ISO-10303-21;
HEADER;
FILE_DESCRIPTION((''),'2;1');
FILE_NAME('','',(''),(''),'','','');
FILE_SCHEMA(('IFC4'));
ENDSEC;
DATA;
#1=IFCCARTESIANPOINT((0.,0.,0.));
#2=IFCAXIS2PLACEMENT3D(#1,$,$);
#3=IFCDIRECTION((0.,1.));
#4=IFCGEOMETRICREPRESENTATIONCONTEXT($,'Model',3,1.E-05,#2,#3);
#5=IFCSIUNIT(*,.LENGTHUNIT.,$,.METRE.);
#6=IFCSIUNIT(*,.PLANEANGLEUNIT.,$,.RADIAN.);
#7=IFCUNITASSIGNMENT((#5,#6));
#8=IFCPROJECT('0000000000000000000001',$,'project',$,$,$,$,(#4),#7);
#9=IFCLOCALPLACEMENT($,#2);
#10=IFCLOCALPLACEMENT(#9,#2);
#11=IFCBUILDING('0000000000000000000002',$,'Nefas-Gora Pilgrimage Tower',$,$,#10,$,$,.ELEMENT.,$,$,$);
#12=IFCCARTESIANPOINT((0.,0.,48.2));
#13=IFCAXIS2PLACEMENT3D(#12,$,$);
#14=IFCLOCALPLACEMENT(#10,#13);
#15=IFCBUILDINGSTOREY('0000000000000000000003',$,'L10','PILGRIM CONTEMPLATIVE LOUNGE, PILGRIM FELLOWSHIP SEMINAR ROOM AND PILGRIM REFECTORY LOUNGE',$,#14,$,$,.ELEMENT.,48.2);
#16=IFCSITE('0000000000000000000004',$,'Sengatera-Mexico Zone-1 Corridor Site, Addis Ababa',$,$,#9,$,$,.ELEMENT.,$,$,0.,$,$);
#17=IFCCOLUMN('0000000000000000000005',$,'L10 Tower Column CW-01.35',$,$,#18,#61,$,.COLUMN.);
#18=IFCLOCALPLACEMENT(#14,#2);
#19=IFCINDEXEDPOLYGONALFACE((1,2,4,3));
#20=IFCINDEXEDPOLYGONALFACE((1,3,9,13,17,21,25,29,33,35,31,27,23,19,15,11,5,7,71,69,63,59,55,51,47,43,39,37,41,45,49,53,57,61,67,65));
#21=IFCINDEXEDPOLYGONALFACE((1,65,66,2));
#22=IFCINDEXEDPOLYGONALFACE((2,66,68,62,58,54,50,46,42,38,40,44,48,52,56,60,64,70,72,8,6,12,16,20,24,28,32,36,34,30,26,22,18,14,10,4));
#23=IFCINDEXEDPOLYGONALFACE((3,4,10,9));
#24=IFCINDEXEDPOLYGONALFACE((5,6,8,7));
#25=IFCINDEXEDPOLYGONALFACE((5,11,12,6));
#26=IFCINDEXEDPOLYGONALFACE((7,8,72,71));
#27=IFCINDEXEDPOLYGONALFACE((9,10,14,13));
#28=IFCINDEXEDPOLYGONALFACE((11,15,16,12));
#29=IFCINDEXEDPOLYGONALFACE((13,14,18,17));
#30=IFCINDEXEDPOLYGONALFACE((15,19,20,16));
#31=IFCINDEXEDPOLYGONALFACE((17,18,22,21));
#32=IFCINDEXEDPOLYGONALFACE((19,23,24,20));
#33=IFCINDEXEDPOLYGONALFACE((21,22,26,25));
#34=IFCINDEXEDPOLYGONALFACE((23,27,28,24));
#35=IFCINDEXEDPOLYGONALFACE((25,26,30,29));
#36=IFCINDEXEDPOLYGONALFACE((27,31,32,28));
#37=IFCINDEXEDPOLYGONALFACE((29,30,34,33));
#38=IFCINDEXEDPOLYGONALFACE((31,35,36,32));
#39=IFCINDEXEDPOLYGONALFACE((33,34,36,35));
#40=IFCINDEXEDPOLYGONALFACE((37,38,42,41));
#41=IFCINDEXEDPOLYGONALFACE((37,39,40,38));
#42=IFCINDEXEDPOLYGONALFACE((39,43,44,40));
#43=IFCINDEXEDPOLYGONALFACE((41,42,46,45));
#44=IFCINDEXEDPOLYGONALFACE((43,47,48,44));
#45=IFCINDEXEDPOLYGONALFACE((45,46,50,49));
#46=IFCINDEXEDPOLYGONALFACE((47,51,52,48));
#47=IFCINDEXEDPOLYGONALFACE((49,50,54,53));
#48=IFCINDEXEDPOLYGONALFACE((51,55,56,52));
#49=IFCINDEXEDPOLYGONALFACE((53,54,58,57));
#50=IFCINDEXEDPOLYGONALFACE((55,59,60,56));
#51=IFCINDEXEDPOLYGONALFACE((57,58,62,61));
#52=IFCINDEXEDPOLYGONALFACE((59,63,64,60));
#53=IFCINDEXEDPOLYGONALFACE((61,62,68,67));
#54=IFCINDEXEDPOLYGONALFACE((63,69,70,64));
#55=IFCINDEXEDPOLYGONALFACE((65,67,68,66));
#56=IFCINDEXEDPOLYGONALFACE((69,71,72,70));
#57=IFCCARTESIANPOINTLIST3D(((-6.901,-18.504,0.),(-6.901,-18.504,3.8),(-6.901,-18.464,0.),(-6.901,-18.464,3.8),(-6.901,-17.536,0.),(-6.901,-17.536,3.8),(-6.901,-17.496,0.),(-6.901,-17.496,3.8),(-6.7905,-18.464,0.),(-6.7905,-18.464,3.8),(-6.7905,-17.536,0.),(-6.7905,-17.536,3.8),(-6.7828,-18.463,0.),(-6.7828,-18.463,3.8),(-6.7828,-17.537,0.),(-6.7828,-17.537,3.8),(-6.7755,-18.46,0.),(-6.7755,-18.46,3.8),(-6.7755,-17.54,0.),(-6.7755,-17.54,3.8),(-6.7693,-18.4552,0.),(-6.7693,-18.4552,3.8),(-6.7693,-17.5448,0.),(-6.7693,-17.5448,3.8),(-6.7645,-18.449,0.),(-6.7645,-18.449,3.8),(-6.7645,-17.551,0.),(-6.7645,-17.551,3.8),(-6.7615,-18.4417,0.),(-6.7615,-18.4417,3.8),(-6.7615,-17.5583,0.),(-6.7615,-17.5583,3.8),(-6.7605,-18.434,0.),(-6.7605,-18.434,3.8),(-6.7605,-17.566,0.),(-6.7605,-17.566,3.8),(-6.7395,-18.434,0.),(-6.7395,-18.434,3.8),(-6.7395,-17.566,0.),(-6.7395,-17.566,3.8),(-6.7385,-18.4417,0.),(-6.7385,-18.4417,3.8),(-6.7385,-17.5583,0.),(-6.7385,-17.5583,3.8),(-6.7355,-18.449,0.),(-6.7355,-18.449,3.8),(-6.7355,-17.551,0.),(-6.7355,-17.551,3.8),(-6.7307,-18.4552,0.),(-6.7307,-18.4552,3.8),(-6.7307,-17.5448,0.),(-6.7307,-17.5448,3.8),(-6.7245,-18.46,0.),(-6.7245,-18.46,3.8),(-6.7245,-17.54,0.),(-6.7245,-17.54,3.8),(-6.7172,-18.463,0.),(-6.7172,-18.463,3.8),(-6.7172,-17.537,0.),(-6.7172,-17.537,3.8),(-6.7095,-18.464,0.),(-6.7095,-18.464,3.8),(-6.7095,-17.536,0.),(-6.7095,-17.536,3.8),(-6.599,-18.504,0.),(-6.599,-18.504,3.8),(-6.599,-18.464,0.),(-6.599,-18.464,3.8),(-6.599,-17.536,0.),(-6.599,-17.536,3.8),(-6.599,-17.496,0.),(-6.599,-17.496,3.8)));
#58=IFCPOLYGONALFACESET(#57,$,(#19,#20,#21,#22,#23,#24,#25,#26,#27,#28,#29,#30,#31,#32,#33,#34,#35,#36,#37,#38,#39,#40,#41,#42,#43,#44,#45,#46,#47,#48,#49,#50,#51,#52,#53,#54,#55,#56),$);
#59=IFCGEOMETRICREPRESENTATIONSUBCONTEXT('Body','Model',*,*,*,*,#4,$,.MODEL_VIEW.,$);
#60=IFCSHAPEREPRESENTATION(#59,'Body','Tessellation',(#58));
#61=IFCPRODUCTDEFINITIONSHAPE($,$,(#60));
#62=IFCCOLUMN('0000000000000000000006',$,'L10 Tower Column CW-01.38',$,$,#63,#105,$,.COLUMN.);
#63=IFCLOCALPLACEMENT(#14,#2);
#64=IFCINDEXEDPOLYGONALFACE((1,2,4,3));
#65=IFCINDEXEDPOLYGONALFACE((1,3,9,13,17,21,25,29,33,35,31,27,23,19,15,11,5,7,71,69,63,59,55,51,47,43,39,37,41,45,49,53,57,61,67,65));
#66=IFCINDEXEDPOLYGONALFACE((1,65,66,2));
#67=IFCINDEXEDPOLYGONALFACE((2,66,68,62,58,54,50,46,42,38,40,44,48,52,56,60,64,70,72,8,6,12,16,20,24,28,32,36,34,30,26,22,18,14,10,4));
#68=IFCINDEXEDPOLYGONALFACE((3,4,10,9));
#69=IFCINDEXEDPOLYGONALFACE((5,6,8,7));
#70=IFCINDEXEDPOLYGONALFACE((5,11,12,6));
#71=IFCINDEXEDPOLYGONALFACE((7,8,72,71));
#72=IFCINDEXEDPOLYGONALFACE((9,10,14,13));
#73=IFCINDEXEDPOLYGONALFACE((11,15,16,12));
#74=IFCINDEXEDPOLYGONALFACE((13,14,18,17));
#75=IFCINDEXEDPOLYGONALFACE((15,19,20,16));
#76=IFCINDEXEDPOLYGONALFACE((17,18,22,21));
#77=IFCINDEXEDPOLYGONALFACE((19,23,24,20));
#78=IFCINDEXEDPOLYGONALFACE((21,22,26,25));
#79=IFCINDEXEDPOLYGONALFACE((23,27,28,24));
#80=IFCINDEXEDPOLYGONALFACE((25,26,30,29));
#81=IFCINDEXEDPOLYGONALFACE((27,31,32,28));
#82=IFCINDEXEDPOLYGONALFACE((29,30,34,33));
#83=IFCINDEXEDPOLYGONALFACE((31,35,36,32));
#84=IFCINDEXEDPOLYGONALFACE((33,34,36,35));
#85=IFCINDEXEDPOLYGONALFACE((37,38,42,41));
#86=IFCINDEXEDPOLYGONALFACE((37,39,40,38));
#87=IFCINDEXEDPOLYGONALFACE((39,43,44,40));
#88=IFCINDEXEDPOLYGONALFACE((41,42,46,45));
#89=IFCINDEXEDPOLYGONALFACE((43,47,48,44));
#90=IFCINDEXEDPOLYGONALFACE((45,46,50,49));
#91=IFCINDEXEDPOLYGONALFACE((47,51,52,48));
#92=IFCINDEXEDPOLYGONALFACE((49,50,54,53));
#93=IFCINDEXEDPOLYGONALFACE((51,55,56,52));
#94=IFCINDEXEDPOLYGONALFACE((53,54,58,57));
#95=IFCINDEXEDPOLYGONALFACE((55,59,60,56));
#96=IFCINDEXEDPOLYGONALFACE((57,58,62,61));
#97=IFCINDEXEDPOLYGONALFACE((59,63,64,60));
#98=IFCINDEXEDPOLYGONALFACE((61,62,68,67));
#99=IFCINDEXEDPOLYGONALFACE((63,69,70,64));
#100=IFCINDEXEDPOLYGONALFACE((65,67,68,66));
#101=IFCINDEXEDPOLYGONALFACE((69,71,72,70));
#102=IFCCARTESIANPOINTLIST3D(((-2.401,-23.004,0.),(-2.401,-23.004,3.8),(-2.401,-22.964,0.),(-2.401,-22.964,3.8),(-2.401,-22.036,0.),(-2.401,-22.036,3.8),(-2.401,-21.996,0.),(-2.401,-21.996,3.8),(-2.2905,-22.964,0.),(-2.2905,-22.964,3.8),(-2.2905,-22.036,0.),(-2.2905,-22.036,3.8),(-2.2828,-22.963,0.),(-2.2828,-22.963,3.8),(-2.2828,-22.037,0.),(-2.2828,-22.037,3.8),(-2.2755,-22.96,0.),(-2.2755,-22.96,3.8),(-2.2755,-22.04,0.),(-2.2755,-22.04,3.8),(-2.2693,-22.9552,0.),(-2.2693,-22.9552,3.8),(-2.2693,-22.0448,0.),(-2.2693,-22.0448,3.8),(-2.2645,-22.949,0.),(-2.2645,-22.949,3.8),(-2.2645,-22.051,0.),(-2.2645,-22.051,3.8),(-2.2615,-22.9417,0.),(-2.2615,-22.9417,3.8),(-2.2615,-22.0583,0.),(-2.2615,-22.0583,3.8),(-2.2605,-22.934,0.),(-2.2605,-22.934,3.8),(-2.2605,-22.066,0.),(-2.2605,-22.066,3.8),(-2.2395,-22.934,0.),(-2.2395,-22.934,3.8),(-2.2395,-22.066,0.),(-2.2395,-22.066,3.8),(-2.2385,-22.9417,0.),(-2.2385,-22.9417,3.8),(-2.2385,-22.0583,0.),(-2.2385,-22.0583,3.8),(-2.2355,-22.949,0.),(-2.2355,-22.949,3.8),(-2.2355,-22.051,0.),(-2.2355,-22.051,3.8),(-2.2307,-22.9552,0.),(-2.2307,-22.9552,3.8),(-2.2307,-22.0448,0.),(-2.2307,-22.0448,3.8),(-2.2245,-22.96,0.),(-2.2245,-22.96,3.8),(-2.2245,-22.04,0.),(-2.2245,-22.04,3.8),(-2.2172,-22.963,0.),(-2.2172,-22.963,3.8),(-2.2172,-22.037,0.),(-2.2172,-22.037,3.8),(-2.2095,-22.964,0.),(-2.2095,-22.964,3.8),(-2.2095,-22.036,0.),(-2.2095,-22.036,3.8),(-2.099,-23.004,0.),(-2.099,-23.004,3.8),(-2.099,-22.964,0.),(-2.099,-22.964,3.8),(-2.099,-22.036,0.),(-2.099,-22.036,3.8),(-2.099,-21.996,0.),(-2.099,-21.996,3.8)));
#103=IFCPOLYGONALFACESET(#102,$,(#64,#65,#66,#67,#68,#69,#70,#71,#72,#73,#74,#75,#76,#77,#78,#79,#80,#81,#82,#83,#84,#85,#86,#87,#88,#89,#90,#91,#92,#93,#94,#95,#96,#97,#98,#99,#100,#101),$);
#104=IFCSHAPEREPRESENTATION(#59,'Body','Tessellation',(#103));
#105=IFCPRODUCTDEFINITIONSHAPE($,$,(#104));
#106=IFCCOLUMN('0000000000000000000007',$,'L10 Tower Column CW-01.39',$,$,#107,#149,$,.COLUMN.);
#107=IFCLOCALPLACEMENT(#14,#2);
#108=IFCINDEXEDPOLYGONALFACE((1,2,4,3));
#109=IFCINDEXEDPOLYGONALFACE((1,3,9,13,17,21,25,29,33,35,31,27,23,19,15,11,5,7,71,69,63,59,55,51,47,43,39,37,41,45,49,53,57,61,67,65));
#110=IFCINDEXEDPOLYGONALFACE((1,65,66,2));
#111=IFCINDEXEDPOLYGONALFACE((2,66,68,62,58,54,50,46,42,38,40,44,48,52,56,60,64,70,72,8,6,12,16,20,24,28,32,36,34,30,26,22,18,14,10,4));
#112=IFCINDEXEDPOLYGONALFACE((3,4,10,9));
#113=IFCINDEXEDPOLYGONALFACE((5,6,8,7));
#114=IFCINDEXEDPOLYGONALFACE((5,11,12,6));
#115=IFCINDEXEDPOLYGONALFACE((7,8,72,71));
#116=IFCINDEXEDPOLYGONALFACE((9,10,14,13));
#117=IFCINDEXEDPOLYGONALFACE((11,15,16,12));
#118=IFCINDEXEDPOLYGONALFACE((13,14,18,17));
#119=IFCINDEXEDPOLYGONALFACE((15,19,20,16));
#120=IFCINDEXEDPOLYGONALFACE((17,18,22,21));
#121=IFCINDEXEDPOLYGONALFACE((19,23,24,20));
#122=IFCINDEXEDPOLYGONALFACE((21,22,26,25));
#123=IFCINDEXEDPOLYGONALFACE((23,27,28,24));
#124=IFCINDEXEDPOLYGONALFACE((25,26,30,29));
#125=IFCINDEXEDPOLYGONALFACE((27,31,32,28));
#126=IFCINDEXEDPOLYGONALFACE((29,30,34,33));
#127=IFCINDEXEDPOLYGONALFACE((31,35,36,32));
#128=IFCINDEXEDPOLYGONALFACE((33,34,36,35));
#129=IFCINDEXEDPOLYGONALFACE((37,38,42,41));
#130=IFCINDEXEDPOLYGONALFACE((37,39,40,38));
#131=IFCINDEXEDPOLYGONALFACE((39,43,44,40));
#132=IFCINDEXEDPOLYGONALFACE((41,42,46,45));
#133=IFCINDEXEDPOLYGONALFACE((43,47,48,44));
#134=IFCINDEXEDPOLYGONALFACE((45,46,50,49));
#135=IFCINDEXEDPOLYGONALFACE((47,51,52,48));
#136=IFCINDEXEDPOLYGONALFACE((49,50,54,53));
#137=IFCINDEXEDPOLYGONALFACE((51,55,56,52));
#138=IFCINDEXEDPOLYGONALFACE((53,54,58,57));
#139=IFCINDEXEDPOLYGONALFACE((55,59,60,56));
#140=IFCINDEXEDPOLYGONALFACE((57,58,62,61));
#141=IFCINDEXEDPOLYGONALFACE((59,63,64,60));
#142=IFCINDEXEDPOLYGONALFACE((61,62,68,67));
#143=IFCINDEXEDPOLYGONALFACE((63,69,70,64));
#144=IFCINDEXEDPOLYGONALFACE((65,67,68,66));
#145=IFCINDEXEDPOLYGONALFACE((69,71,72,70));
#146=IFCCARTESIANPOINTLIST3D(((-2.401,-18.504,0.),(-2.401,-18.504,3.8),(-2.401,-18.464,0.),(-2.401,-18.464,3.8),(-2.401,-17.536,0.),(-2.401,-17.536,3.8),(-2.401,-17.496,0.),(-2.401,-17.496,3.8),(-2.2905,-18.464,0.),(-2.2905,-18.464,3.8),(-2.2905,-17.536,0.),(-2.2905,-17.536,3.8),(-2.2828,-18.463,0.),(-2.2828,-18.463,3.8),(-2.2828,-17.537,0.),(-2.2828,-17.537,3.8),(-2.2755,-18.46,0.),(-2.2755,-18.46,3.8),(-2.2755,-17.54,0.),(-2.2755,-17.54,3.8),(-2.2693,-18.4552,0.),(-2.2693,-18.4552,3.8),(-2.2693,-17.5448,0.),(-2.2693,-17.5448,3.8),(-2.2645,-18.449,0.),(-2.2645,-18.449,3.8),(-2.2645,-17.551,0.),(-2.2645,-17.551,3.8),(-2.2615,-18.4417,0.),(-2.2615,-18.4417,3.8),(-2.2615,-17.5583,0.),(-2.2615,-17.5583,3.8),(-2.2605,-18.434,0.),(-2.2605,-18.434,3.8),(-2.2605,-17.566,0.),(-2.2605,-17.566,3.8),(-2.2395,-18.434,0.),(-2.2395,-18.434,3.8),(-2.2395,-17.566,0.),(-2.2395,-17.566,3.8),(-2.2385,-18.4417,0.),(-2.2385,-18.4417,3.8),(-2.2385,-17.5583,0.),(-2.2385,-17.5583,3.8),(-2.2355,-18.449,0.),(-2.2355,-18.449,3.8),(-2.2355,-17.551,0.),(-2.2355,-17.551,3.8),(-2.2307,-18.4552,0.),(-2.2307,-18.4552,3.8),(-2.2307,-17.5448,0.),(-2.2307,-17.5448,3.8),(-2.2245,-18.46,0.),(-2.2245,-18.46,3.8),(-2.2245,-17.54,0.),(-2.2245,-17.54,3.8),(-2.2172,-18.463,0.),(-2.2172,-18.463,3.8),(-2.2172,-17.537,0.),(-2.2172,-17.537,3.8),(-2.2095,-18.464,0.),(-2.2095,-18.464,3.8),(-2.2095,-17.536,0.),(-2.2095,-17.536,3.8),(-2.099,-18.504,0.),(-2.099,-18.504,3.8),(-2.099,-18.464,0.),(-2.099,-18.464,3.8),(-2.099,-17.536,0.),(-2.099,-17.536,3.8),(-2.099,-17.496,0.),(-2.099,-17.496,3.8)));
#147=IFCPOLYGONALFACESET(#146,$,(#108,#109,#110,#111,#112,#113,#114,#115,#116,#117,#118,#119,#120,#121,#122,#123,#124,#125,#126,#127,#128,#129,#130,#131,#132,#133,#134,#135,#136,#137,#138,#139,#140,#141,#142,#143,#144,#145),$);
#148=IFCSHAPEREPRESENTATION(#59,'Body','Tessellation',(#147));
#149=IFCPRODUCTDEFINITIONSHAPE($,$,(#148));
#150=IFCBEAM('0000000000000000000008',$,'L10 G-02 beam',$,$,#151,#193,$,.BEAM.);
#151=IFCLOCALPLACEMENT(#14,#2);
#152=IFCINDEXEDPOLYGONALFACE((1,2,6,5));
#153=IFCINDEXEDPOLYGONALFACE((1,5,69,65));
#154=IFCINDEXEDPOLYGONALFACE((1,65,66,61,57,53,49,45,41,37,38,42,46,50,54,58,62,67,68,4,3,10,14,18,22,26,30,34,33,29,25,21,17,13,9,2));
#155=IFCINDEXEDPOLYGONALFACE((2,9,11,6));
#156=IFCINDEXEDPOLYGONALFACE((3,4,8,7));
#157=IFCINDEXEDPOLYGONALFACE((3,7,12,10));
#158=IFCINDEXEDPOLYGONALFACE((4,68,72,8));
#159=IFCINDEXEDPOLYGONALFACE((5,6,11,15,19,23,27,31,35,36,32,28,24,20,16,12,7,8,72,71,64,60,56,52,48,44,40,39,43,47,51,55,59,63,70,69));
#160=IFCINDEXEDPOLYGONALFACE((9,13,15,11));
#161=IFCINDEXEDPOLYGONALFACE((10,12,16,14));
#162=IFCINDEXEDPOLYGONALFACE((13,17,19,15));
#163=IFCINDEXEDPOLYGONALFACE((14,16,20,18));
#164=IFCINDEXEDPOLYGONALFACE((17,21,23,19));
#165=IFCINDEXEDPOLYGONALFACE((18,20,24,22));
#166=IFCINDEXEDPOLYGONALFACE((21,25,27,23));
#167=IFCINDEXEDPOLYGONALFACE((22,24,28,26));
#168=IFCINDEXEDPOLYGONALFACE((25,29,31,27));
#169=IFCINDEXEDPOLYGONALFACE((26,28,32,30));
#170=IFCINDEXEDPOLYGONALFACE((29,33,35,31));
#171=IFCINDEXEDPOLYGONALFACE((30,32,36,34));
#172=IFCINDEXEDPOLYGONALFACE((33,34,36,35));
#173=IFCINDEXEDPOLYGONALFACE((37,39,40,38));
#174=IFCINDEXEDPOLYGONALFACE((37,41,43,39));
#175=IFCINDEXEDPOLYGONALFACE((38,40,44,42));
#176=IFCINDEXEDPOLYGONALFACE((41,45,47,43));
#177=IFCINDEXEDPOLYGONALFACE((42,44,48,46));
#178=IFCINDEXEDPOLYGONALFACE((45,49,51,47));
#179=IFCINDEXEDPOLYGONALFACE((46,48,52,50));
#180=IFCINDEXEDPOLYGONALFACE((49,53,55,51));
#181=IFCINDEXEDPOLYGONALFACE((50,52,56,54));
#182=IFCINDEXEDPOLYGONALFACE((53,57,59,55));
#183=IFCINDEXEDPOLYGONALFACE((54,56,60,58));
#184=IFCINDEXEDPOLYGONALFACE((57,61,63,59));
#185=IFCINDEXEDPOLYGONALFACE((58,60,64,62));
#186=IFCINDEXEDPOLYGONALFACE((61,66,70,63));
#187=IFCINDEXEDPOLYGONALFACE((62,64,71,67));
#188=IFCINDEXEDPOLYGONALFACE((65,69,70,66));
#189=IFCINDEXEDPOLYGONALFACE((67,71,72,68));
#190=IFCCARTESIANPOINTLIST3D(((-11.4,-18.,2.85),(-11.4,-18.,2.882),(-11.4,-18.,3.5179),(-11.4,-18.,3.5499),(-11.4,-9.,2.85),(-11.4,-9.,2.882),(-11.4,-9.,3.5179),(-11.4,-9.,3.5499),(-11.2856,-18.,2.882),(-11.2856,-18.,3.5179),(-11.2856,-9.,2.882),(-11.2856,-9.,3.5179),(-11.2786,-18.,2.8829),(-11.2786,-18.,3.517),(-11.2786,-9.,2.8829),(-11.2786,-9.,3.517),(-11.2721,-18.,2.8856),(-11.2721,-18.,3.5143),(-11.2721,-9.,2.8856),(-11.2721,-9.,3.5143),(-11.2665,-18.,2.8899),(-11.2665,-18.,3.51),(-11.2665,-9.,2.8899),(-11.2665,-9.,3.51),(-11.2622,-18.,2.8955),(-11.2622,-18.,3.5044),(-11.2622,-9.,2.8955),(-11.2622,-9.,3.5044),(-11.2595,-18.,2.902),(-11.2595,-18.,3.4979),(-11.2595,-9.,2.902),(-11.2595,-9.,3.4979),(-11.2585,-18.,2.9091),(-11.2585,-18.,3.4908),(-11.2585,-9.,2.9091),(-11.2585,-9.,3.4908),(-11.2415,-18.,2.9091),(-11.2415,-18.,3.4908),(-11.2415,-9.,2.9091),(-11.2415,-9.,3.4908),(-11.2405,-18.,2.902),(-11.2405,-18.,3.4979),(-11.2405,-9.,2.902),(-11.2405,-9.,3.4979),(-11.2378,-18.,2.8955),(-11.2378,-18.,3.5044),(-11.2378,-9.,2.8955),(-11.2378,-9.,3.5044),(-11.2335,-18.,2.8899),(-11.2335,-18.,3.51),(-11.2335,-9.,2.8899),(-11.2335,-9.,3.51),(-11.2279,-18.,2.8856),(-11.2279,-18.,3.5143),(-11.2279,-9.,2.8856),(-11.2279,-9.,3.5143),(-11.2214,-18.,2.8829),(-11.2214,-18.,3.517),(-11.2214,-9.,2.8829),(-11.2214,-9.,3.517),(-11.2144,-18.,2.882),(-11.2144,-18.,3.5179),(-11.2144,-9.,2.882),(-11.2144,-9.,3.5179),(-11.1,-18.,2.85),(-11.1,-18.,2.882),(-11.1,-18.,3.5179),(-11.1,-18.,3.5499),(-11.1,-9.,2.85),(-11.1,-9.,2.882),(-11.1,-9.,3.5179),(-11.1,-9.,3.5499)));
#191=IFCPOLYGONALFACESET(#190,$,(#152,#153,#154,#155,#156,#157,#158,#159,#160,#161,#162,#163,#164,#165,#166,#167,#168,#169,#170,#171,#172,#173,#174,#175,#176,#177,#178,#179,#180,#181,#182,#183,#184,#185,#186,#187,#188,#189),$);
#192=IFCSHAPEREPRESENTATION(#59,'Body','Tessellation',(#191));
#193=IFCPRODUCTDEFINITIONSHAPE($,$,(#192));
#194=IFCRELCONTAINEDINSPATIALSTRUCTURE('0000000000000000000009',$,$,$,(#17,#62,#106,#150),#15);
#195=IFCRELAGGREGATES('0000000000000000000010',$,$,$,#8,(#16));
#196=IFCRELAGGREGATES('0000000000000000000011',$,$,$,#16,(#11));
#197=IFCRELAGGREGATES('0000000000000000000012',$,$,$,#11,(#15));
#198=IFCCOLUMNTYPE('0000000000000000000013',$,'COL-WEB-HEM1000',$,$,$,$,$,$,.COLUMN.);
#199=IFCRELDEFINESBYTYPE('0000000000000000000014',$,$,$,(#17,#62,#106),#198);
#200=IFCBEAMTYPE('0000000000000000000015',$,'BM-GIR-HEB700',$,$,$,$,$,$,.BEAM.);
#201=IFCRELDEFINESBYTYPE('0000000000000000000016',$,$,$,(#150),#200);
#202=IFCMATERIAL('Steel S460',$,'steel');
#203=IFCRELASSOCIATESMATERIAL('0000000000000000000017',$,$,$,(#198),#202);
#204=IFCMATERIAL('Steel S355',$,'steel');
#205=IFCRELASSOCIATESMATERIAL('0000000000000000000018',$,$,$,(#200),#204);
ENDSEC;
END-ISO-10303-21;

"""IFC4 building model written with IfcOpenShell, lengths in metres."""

from ifc_helpers import new_model, si_unit, direction, frame, origin, origin_2d, place, context, subcontext, project, spatial, i_section, extrude, source, transform, mapped, material, material_profile, profile_set, type_object, element, save


model = new_model("IFC4")

# Units and contexts
model_context = context("Model", 3, precision=1e-05, world=origin(), true_north=direction((0.0, 1.0)))
body_context = subcontext(model_context, "Body", "Model", "MODEL_VIEW")
ifc_project = project(units=[si_unit("LENGTHUNIT", "METRE"), si_unit("PLANEANGLEUNIT", "RADIAN")], contexts=[model_context])

# Site, building, storey
site_placement = place(None, origin())
site = spatial("IfcSite", under=ifc_project, at=site_placement, Name="Sengatera-Mexico Zone-1 Corridor Site, Addis Ababa", CompositionType="ELEMENT", RefElevation=0.0)
building_placement = place(site_placement, origin())
building = spatial("IfcBuilding", under=site, at=building_placement, Name="Nefas-Gora Pilgrimage Tower", CompositionType="ELEMENT")
storey_placement = place(building_placement, frame((0.0, 0.0, 48.2)))
storey = spatial("IfcBuildingStorey", under=building, at=storey_placement, Name="L10", Description="PILGRIM CONTEMPLATIVE LOUNGE, PILGRIM FELLOWSHIP SEMINAR ROOM AND PILGRIM REFECTORY LOUNGE", CompositionType="ELEMENT", Elevation=48.2)

# Columns
ifc_material_1 = material(Name="Steel S460", Category="steel")
ifc_material_profile_1 = material_profile(ifc_material_1, i_section(OverallWidth=0.302, OverallDepth=1.0081, WebThickness=0.021, FlangeThickness=0.04, FilletRadius=0.03, at=origin_2d()), Name="HEM 1000")
ifc_profile_set_1 = profile_set([ifc_material_profile_1], Name="Steel S460")
column_type_1 = type_object("IfcColumnType", Name="COL-WEB-HEM1000", PredefinedType="COLUMN", material=ifc_profile_set_1)
shared_shape_1 = source(origin(), body_context, "Body", "SweptSolid", [
    extrude(i_section(OverallWidth=0.302, OverallDepth=1.0081, WebThickness=0.021, FlangeThickness=0.04, FilletRadius=0.03, at=origin_2d()), origin(), (0.0, 0.0, 1.0), 3.8),
])
for number, where, z_axis, x_axis, name in (
    (1, (-6.75, -18.0, 0.0), (0.0, 0.0, 1.0), (1.0, 0.0, 0.0), "L10 Tower Column CW-01.35"),
    (2, (-2.25, -22.5, 0.0), (0.0, 0.0, 1.0), (1.0, 0.0, 0.0), "L10 Tower Column CW-01.38"),
    (3, (-2.25, -18.0, 0.0), (0.0, 0.0, 1.0), (1.0, 0.0, 0.0), "L10 Tower Column CW-01.39"),
):
    element("IfcColumn", number, at=place(storey_placement, frame(where, z_axis=z_axis, x_axis=x_axis)), inside=storey, type_object=column_type_1, Name=name, PredefinedType="COLUMN", context=body_context, shape_type="MappedRepresentation", body=[
        mapped(shared_shape_1, transform((0.0, 0.0, 0.0), x_axis=(1.0, 0.0, 0.0), y_axis=(0.0, 1.0, 0.0), z_axis=(0.0, 0.0, 1.0), scale=1.0)),
    ])

# Beam
ifc_material_2 = material(Name="Steel S355", Category="steel")
ifc_material_profile_2 = material_profile(ifc_material_2, i_section(OverallWidth=0.3, OverallDepth=0.7, WebThickness=0.0171, FlangeThickness=0.032, FilletRadius=0.0271, at=origin_2d()), Name="HEB 700")
ifc_profile_set_2 = profile_set([ifc_material_profile_2], Name="Steel S355")
beam_type = type_object("IfcBeamType", Name="BM-GIR-HEB700", PredefinedType="BEAM", material=ifc_profile_set_2)
shared_shape_2 = source(origin(), body_context, "Body", "SweptSolid", [
    extrude(i_section(OverallWidth=0.3, OverallDepth=0.7, WebThickness=0.0171, FlangeThickness=0.032, FilletRadius=0.0271, at=origin_2d()), origin(), (0.0, 0.0, 1.0), 9.0),
])
beam_placement = place(storey_placement, frame((-11.25, -18.0, 3.2), z_axis=(0.0, 1.0, 0.0), x_axis=(-1.0, 0.0, 0.0)))
element("IfcBeam", 4, at=beam_placement, inside=storey, type_object=beam_type, Name="L10 G-02 beam", PredefinedType="BEAM", context=body_context, shape_type="MappedRepresentation", body=[
    mapped(shared_shape_2, transform((0.0, 0.0, 0.0), x_axis=(1.0, 0.0, 0.0), y_axis=(0.0, 1.0, 0.0), z_axis=(0.0, 0.0, 1.0), scale=1.0)),
])

save(model, "model.ifc")
